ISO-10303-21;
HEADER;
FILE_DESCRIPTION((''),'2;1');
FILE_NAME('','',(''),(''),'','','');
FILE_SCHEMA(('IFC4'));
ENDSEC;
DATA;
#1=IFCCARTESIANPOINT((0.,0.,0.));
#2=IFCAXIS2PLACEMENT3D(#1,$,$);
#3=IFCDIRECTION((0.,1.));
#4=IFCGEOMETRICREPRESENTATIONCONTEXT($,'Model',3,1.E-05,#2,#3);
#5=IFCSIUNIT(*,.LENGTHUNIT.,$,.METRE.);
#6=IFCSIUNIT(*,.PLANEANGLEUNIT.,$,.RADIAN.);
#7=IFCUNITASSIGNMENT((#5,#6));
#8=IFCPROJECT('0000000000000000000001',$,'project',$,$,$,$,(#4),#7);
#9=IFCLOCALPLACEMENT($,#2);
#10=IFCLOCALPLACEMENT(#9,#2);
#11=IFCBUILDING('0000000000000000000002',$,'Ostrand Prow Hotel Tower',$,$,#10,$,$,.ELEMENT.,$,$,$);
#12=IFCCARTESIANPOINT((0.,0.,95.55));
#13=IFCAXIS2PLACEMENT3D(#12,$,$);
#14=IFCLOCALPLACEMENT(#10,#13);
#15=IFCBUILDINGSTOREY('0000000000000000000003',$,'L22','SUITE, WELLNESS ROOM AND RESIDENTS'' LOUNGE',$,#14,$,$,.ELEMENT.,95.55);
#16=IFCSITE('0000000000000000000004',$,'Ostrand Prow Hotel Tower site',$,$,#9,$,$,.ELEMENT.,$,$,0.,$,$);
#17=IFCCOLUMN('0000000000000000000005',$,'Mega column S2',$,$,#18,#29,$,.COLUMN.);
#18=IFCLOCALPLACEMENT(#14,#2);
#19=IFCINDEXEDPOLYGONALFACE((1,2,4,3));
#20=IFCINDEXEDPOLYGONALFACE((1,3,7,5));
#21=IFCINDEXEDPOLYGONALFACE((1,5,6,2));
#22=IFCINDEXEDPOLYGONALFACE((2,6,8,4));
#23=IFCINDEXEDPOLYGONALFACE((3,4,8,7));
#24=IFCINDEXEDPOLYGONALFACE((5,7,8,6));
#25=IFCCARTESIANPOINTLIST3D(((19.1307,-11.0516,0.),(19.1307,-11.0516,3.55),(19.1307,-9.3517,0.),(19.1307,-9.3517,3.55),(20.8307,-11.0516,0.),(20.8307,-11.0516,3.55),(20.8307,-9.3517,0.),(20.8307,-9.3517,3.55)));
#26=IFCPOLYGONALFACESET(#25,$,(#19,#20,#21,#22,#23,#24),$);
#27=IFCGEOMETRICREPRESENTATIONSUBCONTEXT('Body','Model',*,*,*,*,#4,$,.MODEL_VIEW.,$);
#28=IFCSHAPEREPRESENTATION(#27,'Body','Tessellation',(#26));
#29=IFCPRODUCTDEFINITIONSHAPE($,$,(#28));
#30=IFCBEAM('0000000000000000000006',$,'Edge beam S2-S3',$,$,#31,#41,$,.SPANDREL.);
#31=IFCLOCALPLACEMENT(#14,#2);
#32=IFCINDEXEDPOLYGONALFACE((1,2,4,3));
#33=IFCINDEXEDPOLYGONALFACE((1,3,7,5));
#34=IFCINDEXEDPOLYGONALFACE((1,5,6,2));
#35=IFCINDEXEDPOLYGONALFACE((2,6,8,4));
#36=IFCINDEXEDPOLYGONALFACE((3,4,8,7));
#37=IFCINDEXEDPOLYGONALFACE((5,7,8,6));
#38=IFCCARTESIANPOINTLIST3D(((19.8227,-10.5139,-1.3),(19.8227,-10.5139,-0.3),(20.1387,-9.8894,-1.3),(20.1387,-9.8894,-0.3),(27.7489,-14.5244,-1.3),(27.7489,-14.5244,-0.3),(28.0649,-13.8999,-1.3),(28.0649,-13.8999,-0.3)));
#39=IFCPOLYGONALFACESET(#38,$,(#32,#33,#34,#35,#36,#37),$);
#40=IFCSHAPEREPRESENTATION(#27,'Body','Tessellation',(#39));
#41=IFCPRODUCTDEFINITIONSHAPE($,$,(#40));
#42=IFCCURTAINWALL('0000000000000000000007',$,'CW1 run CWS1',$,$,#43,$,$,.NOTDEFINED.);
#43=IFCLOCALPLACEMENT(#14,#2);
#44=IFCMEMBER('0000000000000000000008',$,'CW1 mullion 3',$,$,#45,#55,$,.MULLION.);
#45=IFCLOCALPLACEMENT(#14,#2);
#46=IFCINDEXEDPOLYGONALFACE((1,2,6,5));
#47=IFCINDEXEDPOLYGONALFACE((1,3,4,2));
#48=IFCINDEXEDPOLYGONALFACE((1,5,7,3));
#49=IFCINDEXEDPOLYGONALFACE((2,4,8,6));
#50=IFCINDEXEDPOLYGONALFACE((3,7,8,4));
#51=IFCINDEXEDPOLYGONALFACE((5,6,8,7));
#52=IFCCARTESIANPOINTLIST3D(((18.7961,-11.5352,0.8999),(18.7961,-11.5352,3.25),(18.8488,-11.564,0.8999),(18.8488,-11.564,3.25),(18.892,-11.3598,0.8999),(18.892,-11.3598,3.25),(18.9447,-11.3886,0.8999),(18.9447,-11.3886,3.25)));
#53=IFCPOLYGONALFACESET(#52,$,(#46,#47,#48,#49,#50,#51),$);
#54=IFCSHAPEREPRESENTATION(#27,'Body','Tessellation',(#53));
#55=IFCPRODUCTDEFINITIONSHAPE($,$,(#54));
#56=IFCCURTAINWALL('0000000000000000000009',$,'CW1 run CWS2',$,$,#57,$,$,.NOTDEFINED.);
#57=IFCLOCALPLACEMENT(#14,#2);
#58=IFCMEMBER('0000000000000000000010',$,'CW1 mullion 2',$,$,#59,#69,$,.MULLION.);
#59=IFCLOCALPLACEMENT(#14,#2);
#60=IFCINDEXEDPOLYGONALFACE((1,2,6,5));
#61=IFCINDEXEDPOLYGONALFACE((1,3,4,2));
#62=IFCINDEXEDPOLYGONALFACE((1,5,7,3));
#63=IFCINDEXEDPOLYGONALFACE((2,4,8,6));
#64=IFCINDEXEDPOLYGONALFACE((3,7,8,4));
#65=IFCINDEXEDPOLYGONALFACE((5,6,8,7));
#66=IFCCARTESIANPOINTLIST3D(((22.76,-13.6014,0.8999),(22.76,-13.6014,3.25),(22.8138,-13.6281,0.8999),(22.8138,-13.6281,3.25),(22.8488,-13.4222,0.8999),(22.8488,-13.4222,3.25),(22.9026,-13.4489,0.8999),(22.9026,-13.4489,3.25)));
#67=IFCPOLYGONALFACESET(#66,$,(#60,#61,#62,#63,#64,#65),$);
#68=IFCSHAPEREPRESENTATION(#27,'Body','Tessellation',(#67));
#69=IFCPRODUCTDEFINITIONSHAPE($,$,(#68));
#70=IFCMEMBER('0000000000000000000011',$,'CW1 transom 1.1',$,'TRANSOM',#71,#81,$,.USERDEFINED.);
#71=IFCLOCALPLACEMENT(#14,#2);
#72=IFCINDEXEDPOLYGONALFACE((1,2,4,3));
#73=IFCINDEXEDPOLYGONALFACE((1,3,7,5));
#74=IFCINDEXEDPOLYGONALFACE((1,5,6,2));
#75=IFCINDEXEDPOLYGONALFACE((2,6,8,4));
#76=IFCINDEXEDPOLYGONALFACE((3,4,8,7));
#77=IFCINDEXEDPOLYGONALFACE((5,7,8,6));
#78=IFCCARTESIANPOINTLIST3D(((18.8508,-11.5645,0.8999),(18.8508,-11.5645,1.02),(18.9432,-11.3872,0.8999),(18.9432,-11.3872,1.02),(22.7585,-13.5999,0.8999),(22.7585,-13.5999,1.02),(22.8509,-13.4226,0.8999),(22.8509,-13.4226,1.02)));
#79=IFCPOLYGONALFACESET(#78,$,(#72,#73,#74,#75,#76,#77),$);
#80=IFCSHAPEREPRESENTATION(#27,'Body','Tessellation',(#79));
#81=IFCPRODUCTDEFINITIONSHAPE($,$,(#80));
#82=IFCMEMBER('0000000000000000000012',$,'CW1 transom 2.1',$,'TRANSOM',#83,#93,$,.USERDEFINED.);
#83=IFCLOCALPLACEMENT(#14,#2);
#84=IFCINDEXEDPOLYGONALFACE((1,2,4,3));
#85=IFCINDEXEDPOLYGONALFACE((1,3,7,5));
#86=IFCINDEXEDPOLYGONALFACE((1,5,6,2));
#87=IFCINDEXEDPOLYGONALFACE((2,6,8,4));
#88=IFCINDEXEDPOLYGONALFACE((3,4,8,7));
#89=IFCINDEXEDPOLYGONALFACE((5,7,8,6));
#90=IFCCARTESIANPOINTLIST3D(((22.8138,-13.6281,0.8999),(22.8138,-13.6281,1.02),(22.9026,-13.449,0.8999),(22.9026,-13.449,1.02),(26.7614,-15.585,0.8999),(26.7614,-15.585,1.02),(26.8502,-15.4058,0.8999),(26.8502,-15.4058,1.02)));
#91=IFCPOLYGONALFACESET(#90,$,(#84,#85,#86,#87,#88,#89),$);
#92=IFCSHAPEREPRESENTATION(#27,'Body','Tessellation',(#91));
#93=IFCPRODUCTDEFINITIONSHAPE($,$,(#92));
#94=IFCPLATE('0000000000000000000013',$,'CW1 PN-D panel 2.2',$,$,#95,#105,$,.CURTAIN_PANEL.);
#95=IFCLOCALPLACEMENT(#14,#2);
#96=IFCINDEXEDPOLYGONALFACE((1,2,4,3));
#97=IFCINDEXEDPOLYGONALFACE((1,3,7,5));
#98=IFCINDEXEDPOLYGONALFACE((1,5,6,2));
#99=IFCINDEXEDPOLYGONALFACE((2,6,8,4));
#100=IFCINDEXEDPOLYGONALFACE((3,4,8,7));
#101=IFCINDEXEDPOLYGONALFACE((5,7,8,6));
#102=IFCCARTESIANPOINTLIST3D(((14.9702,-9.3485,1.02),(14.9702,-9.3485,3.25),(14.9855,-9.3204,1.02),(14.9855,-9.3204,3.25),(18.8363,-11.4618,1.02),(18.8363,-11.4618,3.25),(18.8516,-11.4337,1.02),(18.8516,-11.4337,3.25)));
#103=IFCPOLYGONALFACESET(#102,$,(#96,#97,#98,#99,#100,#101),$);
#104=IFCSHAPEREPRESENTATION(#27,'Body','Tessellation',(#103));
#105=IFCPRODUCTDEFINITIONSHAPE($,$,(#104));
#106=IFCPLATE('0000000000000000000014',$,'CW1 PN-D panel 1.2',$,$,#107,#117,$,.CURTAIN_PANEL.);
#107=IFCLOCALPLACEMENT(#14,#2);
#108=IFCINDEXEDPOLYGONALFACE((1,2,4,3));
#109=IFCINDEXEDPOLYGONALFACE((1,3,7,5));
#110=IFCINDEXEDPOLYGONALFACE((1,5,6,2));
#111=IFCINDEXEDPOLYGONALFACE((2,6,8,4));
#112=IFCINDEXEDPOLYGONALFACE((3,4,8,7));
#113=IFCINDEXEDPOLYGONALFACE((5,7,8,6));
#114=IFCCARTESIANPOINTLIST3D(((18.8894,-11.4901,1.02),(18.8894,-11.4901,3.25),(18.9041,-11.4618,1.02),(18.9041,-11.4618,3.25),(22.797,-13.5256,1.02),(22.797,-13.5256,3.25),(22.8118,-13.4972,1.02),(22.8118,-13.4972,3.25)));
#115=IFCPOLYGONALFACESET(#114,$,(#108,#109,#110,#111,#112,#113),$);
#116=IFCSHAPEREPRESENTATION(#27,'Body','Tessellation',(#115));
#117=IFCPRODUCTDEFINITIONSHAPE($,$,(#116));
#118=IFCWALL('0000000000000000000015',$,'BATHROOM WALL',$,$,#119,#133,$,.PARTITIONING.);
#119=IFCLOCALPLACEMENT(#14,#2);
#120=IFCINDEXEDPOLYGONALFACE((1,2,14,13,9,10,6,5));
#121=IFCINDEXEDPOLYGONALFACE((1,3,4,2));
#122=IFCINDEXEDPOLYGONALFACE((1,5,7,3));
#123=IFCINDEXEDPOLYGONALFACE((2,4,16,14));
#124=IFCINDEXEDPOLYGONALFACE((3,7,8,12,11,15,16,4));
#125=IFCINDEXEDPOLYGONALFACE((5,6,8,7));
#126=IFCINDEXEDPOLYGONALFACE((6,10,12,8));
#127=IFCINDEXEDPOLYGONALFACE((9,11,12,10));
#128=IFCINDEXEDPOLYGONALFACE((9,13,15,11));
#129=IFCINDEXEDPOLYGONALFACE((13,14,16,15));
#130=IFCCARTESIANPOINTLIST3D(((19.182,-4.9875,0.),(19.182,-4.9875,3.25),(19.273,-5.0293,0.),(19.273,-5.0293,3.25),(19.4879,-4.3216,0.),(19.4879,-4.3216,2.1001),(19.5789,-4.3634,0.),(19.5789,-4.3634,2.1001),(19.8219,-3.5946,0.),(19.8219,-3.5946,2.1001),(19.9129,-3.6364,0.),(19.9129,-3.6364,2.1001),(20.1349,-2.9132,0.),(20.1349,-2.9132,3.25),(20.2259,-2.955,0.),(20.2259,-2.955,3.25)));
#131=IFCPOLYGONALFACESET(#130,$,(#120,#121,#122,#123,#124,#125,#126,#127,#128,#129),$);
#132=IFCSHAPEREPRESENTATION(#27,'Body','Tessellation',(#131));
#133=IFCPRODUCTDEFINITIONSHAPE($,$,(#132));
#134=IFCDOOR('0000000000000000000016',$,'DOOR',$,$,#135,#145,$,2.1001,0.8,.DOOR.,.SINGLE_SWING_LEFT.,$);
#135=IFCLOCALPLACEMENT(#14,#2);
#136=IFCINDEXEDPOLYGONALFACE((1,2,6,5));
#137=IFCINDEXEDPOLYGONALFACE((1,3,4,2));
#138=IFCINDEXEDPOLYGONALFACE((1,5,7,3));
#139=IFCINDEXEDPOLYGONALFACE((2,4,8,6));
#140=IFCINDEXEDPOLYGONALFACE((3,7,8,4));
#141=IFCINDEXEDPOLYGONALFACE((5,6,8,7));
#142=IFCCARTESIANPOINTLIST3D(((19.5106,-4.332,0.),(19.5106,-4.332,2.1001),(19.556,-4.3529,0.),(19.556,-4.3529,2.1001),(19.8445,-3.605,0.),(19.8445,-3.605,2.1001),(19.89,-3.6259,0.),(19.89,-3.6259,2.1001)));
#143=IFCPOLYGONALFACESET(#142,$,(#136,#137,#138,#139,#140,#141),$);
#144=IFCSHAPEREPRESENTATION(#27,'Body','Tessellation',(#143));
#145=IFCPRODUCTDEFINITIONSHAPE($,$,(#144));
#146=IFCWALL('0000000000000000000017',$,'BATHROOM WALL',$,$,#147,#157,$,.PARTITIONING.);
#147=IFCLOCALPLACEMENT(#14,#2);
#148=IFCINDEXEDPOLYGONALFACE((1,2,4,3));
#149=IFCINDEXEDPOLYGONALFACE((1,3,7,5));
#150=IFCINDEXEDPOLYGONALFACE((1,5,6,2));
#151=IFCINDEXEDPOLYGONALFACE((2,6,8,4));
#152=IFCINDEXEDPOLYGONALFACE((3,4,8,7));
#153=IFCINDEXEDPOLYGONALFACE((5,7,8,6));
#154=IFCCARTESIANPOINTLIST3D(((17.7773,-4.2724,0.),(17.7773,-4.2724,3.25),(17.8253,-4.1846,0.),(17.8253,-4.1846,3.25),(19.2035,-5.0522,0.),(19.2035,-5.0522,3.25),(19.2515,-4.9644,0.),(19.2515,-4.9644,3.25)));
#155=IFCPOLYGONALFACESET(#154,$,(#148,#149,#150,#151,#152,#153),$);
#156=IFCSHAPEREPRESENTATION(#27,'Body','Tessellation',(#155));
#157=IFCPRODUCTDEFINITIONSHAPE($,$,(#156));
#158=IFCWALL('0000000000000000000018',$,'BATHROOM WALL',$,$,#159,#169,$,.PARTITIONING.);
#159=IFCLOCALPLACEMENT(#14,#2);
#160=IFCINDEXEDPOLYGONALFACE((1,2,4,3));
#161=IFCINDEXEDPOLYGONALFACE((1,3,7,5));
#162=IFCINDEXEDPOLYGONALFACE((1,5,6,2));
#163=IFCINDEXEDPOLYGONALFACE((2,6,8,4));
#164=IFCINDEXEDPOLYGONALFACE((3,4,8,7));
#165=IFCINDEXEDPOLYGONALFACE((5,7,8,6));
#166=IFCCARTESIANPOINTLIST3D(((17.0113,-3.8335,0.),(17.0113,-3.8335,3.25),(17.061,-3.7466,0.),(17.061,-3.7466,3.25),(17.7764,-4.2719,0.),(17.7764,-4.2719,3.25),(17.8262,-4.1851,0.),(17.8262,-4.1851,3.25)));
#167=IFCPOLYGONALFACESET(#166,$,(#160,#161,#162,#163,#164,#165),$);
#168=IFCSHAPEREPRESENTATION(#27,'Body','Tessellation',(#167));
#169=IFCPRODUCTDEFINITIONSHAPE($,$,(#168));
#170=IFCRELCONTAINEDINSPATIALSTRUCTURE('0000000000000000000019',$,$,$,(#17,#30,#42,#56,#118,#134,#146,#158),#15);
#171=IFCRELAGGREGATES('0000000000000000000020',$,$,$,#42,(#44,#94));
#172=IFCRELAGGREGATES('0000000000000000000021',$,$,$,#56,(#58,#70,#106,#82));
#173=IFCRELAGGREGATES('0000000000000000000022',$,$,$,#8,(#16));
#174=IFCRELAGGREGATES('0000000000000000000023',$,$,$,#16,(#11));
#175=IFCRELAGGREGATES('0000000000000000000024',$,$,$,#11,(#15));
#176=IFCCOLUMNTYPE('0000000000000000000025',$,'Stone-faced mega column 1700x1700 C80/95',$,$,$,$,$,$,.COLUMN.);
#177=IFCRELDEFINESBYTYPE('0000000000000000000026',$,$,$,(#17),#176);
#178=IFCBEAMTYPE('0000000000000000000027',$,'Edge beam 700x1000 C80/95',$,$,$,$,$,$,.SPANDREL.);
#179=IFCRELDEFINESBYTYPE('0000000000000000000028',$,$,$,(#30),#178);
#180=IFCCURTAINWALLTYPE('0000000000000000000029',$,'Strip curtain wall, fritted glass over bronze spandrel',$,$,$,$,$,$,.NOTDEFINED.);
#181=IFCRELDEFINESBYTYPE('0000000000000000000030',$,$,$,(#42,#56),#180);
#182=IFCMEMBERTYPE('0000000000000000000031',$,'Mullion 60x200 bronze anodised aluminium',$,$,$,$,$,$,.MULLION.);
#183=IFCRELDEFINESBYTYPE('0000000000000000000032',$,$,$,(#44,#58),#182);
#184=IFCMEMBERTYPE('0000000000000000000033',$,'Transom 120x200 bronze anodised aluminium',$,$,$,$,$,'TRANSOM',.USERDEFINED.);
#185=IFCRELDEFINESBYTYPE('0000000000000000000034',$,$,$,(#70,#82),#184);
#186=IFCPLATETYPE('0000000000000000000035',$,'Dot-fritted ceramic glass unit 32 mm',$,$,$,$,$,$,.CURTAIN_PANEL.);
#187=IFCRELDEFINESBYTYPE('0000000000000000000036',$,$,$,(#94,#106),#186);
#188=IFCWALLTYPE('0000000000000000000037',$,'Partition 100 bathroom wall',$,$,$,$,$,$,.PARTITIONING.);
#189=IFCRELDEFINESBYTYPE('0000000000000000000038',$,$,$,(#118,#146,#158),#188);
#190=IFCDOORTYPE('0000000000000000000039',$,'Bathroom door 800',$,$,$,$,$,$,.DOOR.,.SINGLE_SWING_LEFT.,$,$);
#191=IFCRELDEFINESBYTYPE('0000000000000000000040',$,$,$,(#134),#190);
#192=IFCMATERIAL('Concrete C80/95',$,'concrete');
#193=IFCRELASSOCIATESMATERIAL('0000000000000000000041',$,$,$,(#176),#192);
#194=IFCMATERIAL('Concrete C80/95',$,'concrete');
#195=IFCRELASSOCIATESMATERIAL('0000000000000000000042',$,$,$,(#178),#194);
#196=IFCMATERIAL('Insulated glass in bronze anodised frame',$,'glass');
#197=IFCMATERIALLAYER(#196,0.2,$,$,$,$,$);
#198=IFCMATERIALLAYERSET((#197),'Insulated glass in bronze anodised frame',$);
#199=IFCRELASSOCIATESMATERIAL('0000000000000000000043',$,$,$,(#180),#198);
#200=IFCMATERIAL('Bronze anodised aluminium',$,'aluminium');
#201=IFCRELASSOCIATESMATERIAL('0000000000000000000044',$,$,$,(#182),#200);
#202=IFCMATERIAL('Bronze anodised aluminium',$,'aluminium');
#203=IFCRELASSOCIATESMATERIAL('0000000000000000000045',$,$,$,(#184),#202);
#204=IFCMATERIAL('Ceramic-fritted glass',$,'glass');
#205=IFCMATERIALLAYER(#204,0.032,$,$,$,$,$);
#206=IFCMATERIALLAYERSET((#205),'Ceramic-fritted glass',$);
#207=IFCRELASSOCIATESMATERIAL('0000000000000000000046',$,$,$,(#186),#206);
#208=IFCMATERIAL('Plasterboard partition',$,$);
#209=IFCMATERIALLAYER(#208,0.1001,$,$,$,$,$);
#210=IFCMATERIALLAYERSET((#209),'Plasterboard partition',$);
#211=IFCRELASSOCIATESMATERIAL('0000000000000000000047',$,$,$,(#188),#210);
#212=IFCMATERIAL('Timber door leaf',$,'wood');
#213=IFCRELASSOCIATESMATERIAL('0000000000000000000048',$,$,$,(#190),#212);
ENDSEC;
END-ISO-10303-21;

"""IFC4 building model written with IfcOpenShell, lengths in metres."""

from ifc_helpers import new_model, si_unit, direction, frame, frame_2d, origin, origin_2d, place, context, subcontext, project, spatial, rectangle, extrude, material, layer, layer_set, material_profile, profile_set, type_object, element, fill, aggregate, save


model = new_model("IFC4")

# Units and contexts
model_context = context("Model", 3, precision=1e-05, world=origin(), true_north=direction((0.0, 1.0)))
body_context = subcontext(model_context, "Body", "Model", "MODEL_VIEW")
ifc_project = project(units=[si_unit("LENGTHUNIT", "METRE"), si_unit("PLANEANGLEUNIT", "RADIAN")], contexts=[model_context])

# Site, building, storey
site_placement = place(None, origin())
site = spatial("IfcSite", under=ifc_project, at=site_placement, Name="Ostrand Prow Hotel Tower site", CompositionType="ELEMENT", RefElevation=0.0)
building_placement = place(site_placement, origin())
building = spatial("IfcBuilding", under=site, at=building_placement, Name="Ostrand Prow Hotel Tower", CompositionType="ELEMENT")
storey_placement = place(building_placement, frame((0.0, 0.0, 95.55)))
storey = spatial("IfcBuildingStorey", under=building, at=storey_placement, Name="L22", Description="SUITE, WELLNESS ROOM AND RESIDENTS' LOUNGE", CompositionType="ELEMENT", Elevation=95.55)

# Column
ifc_material_1 = material(Name="Concrete C80/95", Category="concrete")
ifc_material_profile_1 = material_profile(ifc_material_1, rectangle(XDim=1.7, YDim=1.7, at=origin_2d()), Name="RC 1700x1700")
ifc_profile_set_1 = profile_set([ifc_material_profile_1], Name="Concrete C80/95")
column_type = type_object("IfcColumnType", Name="Stone-faced mega column 1700x1700 C80/95", PredefinedType="COLUMN", material=ifc_profile_set_1)
column_placement = place(storey_placement, frame((19.9807, -10.2017, 0.0), z_axis=(0.0, 0.0, 1.0), x_axis=(1.0, 0.0, 0.0)))
element("IfcColumn", 1, at=column_placement, inside=storey, type_object=column_type, Name="Mega column S2", PredefinedType="COLUMN", context=body_context, shape_type="SweptSolid", body=[
    extrude(rectangle(XDim=1.7, YDim=1.7, at=origin_2d()), origin(), (0.0, 0.0, 1.0), 3.55),
])

# Beam
ifc_material_2 = material(Name="Concrete C80/95", Category="concrete")
ifc_material_profile_2 = material_profile(ifc_material_2, rectangle(XDim=0.7, YDim=1.0, at=origin_2d()), Name="RC 700x1000")
ifc_profile_set_2 = profile_set([ifc_material_profile_2], Name="Concrete C80/95")
beam_type = type_object("IfcBeamType", Name="Edge beam 700x1000 C80/95", PredefinedType="SPANDREL", material=ifc_profile_set_2)
beam_placement = place(storey_placement, frame((19.9807, -10.2017, -0.8), z_axis=(0.892284, -0.451474, 0.0), x_axis=(0.451474, 0.892284, 0.0)))
element("IfcBeam", 2, at=beam_placement, inside=storey, type_object=beam_type, Name="Edge beam S2-S3", PredefinedType="SPANDREL", context=body_context, shape_type="SweptSolid", body=[
    extrude(rectangle(XDim=0.7, YDim=1.0, at=origin_2d()), origin(), (0.0, 0.0, 1.0), 8.8831),
])

# Curtain wall, member
ifc_material_3 = material(Name="Insulated glass in bronze anodised frame", Category="glass")
ifc_layer_1 = layer(ifc_material_3, 0.2)
ifc_layer_set_1 = layer_set([ifc_layer_1], Name="Insulated glass in bronze anodised frame")
curtain_wall_type = type_object("IfcCurtainWallType", Name="Strip curtain wall, fritted glass over bronze spandrel", PredefinedType="NOTDEFINED", material=ifc_layer_set_1)
curtain_wall_1_placement = place(storey_placement, origin())
curtain_wall_1 = element("IfcCurtainWall", 3, at=curtain_wall_1_placement, inside=storey, type_object=curtain_wall_type, Name="CW1 run CWS1", PredefinedType="NOTDEFINED")
ifc_material_4 = material(Name="Bronze anodised aluminium", Category="aluminium")
ifc_material_profile_3 = material_profile(ifc_material_4, rectangle(XDim=0.2, YDim=0.0601, at=origin_2d()), Name="Mullion 60x200 bronze anodised aluminium")
ifc_profile_set_3 = profile_set([ifc_material_profile_3], Name="Bronze anodised aluminium")
member_type_1 = type_object("IfcMemberType", Name="Mullion 60x200 bronze anodised aluminium", PredefinedType="MULLION", material=ifc_profile_set_3)
member_1_placement = place(storey_placement, frame((18.8704, -11.4619, 0.8999), z_axis=(0.0, 0.0, 1.0), x_axis=(0.479637, 0.877467, 0.0)))
member_1 = element("IfcMember", 4, at=member_1_placement, type_object=member_type_1, Name="CW1 mullion 3", PredefinedType="MULLION", context=body_context, shape_type="SweptSolid", body=[
    extrude(rectangle(XDim=0.2, YDim=0.0601, at=origin_2d()), origin(), (0.0, 0.0, 1.0), 2.3501),
])

# Curtain wall, members
curtain_wall_2_placement = place(storey_placement, origin())
curtain_wall_2 = element("IfcCurtainWall", 5, at=curtain_wall_2_placement, inside=storey, type_object=curtain_wall_type, Name="CW1 run CWS2", PredefinedType="NOTDEFINED")
member_2_placement = place(storey_placement, frame((22.8313, -13.5251, 0.8999), z_axis=(0.0, 0.0, 1.0), x_axis=(0.444113, 0.895971, 0.0)))
member_2 = element("IfcMember", 6, at=member_2_placement, type_object=member_type_1, Name="CW1 mullion 2", PredefinedType="MULLION", context=body_context, shape_type="SweptSolid", body=[
    extrude(rectangle(XDim=0.2, YDim=0.0601, at=origin_2d()), origin(), (0.0, 0.0, 1.0), 2.3501),
])
ifc_material_5 = material(Name="Bronze anodised aluminium", Category="aluminium")
ifc_material_profile_4 = material_profile(ifc_material_5, rectangle(XDim=0.2, YDim=0.1201, at=origin_2d()), Name="Transom 120x200 bronze anodised aluminium")
ifc_profile_set_4 = profile_set([ifc_material_profile_4], Name="Bronze anodised aluminium")
member_type_2 = type_object("IfcMemberType", Name="Transom 120x200 bronze anodised aluminium", ElementType="TRANSOM", PredefinedType="USERDEFINED", material=ifc_profile_set_4)
member_3_placement = place(storey_placement, frame((18.897, -11.4758, 0.96), z_axis=(0.886902, -0.461958, 0.0), x_axis=(0.461958, 0.886902, 0.0)))
member_3 = element("IfcMember", 7, at=member_3_placement, type_object=member_type_2, Name="CW1 transom 1.1", ObjectType="TRANSOM", PredefinedType="USERDEFINED", context=body_context, shape_type="SweptSolid", body=[
    extrude(rectangle(XDim=0.2, YDim=0.1201, at=origin_2d()), origin(), (0.0, 0.0, 1.0), 4.406),
])
member_4_placement = place(storey_placement, frame((22.8582, -13.5386, 0.96), z_axis=(0.895962, -0.44413, 0.0), x_axis=(0.44413, 0.895962, 0.0)))
member_4 = element("IfcMember", 8, at=member_4_placement, type_object=member_type_2, Name="CW1 transom 2.1", ObjectType="TRANSOM", PredefinedType="USERDEFINED", context=body_context, shape_type="SweptSolid", body=[
    extrude(rectangle(XDim=0.2, YDim=0.1201, at=origin_2d()), origin(), (0.0, 0.0, 1.0), 4.406),
])

# Plates
ifc_material_6 = material(Name="Ceramic-fritted glass", Category="glass")
ifc_layer_2 = layer(ifc_material_6, 0.032)
ifc_layer_set_2 = layer_set([ifc_layer_2], Name="Ceramic-fritted glass")
plate_type = type_object("IfcPlateType", Name="Dot-fritted ceramic glass unit 32 mm", PredefinedType="CURTAIN_PANEL", material=ifc_layer_set_2)
plate_1_placement = place(storey_placement, frame((16.9109, -10.3911, 1.02), z_axis=(0.0, 0.0, 1.0), x_axis=(0.877467, -0.479637, 0.0)))
plate_1 = element("IfcPlate", 9, at=plate_1_placement, type_object=plate_type, Name="CW1 PN-D panel 2.2", PredefinedType="CURTAIN_PANEL", context=body_context, shape_type="SweptSolid", body=[
    extrude(rectangle(XDim=4.406, YDim=0.032, at=origin_2d()), origin(), (0.0, 0.0, 1.0), 2.23),
])
aggregate(curtain_wall_1, [member_1, plate_1])
plate_2_placement = place(storey_placement, frame((20.8506, -12.4937, 1.02), z_axis=(0.0, 0.0, 1.0), x_axis=(0.886896, -0.461968, 0.0)))
plate_2 = element("IfcPlate", 10, at=plate_2_placement, type_object=plate_type, Name="CW1 PN-D panel 1.2", PredefinedType="CURTAIN_PANEL", context=body_context, shape_type="SweptSolid", body=[
    extrude(rectangle(XDim=4.406, YDim=0.032, at=origin_2d()), origin(), (0.0, 0.0, 1.0), 2.23),
])
aggregate(curtain_wall_2, [member_2, member_3, plate_2, member_4])

# Wall, opening, door
ifc_material_7 = material(Name="Plasterboard partition")
ifc_layer_3 = layer(ifc_material_7, 0.1001)
ifc_layer_set_3 = layer_set([ifc_layer_3], Name="Plasterboard partition")
wall_type_1 = type_object("IfcWallType", Name="Partition 100 bathroom wall", PredefinedType="PARTITIONING", material=ifc_layer_set_3)
wall_1_placement = place(storey_placement, frame((20.1804, -2.9341, 0.0), z_axis=(0.0, 0.0, 1.0), x_axis=(-0.41745, -0.9087, 0.0)))
wall_1 = element("IfcWall", 11, at=wall_1_placement, inside=storey, type_object=wall_type_1, Name="BATHROOM WALL", PredefinedType="PARTITIONING", context=body_context, shape_type="SweptSolid", body=[
    extrude(rectangle(XDim=2.2827, YDim=0.1001, at=frame_2d((1.1414, 0.0))), origin(), (0.0, 0.0, 1.0), 3.25),
])
opening_1_placement = place(wall_1_placement, frame((0.75, 0.0, 0.0)))
opening_1 = element("IfcOpeningElement", 12, at=opening_1_placement, cuts=wall_1, PredefinedType="OPENING", context=body_context, shape_type="SweptSolid", body=[
    extrude(rectangle(XDim=0.8, YDim=2.1001, at=frame_2d((0.3999, 1.05))), frame((0.0, 0.0601, 0.0), z_axis=(0.0, -1.0, 0.0), x_axis=(1.0, 0.0, 0.0)), (0.0, 0.0, 1.0), 0.1201),
])
ifc_material_8 = material(Name="Timber door leaf", Category="wood")
door_type_1 = type_object("IfcDoorType", Name="Bathroom door 800", OperationType="SINGLE_SWING_LEFT", PredefinedType="DOOR", material=ifc_material_8)
door_1_placement = place(opening_1_placement, origin())
door_1 = element("IfcDoor", 13, at=door_1_placement, inside=storey, type_object=door_type_1, Name="DOOR", OperationType="SINGLE_SWING_LEFT", OverallHeight=2.1001, OverallWidth=0.8, PredefinedType="DOOR", context=body_context, shape_type="SweptSolid", body=[
    extrude(rectangle(XDim=0.8, YDim=2.1001, at=frame_2d((0.3999, 1.05))), frame((0.0, 0.0249, 0.0), z_axis=(0.0, -1.0, 0.0), x_axis=(1.0, 0.0, 0.0)), (0.0, 0.0, 1.0), 0.05),
])
fill(opening_1, door_1)

# Walls
wall_2_placement = place(storey_placement, frame((19.2275, -5.0083, 0.0), z_axis=(0.0, 0.0, 1.0), x_axis=(-0.877424, 0.479715, 0.0)))
element("IfcWall", 14, at=wall_2_placement, inside=storey, type_object=wall_type_1, Name="BATHROOM WALL", PredefinedType="PARTITIONING", context=body_context, shape_type="SweptSolid", body=[
    extrude(rectangle(XDim=1.6255, YDim=0.1001, at=frame_2d((0.8127, 0.0))), origin(), (0.0, 0.0, 1.0), 3.25),
])
wall_3_placement = place(storey_placement, frame((17.8013, -4.2285, 0.0), z_axis=(0.0, 0.0, 1.0), x_axis=(-0.867629, 0.497212, 0.0)))
element("IfcWall", 15, at=wall_3_placement, inside=storey, type_object=wall_type_1, Name="BATHROOM WALL", PredefinedType="PARTITIONING", context=body_context, shape_type="SweptSolid", body=[
    extrude(rectangle(XDim=0.8818, YDim=0.1001, at=frame_2d((0.4409, 0.0))), origin(), (0.0, 0.0, 1.0), 3.25),
])

save(model, "model.ifc")
